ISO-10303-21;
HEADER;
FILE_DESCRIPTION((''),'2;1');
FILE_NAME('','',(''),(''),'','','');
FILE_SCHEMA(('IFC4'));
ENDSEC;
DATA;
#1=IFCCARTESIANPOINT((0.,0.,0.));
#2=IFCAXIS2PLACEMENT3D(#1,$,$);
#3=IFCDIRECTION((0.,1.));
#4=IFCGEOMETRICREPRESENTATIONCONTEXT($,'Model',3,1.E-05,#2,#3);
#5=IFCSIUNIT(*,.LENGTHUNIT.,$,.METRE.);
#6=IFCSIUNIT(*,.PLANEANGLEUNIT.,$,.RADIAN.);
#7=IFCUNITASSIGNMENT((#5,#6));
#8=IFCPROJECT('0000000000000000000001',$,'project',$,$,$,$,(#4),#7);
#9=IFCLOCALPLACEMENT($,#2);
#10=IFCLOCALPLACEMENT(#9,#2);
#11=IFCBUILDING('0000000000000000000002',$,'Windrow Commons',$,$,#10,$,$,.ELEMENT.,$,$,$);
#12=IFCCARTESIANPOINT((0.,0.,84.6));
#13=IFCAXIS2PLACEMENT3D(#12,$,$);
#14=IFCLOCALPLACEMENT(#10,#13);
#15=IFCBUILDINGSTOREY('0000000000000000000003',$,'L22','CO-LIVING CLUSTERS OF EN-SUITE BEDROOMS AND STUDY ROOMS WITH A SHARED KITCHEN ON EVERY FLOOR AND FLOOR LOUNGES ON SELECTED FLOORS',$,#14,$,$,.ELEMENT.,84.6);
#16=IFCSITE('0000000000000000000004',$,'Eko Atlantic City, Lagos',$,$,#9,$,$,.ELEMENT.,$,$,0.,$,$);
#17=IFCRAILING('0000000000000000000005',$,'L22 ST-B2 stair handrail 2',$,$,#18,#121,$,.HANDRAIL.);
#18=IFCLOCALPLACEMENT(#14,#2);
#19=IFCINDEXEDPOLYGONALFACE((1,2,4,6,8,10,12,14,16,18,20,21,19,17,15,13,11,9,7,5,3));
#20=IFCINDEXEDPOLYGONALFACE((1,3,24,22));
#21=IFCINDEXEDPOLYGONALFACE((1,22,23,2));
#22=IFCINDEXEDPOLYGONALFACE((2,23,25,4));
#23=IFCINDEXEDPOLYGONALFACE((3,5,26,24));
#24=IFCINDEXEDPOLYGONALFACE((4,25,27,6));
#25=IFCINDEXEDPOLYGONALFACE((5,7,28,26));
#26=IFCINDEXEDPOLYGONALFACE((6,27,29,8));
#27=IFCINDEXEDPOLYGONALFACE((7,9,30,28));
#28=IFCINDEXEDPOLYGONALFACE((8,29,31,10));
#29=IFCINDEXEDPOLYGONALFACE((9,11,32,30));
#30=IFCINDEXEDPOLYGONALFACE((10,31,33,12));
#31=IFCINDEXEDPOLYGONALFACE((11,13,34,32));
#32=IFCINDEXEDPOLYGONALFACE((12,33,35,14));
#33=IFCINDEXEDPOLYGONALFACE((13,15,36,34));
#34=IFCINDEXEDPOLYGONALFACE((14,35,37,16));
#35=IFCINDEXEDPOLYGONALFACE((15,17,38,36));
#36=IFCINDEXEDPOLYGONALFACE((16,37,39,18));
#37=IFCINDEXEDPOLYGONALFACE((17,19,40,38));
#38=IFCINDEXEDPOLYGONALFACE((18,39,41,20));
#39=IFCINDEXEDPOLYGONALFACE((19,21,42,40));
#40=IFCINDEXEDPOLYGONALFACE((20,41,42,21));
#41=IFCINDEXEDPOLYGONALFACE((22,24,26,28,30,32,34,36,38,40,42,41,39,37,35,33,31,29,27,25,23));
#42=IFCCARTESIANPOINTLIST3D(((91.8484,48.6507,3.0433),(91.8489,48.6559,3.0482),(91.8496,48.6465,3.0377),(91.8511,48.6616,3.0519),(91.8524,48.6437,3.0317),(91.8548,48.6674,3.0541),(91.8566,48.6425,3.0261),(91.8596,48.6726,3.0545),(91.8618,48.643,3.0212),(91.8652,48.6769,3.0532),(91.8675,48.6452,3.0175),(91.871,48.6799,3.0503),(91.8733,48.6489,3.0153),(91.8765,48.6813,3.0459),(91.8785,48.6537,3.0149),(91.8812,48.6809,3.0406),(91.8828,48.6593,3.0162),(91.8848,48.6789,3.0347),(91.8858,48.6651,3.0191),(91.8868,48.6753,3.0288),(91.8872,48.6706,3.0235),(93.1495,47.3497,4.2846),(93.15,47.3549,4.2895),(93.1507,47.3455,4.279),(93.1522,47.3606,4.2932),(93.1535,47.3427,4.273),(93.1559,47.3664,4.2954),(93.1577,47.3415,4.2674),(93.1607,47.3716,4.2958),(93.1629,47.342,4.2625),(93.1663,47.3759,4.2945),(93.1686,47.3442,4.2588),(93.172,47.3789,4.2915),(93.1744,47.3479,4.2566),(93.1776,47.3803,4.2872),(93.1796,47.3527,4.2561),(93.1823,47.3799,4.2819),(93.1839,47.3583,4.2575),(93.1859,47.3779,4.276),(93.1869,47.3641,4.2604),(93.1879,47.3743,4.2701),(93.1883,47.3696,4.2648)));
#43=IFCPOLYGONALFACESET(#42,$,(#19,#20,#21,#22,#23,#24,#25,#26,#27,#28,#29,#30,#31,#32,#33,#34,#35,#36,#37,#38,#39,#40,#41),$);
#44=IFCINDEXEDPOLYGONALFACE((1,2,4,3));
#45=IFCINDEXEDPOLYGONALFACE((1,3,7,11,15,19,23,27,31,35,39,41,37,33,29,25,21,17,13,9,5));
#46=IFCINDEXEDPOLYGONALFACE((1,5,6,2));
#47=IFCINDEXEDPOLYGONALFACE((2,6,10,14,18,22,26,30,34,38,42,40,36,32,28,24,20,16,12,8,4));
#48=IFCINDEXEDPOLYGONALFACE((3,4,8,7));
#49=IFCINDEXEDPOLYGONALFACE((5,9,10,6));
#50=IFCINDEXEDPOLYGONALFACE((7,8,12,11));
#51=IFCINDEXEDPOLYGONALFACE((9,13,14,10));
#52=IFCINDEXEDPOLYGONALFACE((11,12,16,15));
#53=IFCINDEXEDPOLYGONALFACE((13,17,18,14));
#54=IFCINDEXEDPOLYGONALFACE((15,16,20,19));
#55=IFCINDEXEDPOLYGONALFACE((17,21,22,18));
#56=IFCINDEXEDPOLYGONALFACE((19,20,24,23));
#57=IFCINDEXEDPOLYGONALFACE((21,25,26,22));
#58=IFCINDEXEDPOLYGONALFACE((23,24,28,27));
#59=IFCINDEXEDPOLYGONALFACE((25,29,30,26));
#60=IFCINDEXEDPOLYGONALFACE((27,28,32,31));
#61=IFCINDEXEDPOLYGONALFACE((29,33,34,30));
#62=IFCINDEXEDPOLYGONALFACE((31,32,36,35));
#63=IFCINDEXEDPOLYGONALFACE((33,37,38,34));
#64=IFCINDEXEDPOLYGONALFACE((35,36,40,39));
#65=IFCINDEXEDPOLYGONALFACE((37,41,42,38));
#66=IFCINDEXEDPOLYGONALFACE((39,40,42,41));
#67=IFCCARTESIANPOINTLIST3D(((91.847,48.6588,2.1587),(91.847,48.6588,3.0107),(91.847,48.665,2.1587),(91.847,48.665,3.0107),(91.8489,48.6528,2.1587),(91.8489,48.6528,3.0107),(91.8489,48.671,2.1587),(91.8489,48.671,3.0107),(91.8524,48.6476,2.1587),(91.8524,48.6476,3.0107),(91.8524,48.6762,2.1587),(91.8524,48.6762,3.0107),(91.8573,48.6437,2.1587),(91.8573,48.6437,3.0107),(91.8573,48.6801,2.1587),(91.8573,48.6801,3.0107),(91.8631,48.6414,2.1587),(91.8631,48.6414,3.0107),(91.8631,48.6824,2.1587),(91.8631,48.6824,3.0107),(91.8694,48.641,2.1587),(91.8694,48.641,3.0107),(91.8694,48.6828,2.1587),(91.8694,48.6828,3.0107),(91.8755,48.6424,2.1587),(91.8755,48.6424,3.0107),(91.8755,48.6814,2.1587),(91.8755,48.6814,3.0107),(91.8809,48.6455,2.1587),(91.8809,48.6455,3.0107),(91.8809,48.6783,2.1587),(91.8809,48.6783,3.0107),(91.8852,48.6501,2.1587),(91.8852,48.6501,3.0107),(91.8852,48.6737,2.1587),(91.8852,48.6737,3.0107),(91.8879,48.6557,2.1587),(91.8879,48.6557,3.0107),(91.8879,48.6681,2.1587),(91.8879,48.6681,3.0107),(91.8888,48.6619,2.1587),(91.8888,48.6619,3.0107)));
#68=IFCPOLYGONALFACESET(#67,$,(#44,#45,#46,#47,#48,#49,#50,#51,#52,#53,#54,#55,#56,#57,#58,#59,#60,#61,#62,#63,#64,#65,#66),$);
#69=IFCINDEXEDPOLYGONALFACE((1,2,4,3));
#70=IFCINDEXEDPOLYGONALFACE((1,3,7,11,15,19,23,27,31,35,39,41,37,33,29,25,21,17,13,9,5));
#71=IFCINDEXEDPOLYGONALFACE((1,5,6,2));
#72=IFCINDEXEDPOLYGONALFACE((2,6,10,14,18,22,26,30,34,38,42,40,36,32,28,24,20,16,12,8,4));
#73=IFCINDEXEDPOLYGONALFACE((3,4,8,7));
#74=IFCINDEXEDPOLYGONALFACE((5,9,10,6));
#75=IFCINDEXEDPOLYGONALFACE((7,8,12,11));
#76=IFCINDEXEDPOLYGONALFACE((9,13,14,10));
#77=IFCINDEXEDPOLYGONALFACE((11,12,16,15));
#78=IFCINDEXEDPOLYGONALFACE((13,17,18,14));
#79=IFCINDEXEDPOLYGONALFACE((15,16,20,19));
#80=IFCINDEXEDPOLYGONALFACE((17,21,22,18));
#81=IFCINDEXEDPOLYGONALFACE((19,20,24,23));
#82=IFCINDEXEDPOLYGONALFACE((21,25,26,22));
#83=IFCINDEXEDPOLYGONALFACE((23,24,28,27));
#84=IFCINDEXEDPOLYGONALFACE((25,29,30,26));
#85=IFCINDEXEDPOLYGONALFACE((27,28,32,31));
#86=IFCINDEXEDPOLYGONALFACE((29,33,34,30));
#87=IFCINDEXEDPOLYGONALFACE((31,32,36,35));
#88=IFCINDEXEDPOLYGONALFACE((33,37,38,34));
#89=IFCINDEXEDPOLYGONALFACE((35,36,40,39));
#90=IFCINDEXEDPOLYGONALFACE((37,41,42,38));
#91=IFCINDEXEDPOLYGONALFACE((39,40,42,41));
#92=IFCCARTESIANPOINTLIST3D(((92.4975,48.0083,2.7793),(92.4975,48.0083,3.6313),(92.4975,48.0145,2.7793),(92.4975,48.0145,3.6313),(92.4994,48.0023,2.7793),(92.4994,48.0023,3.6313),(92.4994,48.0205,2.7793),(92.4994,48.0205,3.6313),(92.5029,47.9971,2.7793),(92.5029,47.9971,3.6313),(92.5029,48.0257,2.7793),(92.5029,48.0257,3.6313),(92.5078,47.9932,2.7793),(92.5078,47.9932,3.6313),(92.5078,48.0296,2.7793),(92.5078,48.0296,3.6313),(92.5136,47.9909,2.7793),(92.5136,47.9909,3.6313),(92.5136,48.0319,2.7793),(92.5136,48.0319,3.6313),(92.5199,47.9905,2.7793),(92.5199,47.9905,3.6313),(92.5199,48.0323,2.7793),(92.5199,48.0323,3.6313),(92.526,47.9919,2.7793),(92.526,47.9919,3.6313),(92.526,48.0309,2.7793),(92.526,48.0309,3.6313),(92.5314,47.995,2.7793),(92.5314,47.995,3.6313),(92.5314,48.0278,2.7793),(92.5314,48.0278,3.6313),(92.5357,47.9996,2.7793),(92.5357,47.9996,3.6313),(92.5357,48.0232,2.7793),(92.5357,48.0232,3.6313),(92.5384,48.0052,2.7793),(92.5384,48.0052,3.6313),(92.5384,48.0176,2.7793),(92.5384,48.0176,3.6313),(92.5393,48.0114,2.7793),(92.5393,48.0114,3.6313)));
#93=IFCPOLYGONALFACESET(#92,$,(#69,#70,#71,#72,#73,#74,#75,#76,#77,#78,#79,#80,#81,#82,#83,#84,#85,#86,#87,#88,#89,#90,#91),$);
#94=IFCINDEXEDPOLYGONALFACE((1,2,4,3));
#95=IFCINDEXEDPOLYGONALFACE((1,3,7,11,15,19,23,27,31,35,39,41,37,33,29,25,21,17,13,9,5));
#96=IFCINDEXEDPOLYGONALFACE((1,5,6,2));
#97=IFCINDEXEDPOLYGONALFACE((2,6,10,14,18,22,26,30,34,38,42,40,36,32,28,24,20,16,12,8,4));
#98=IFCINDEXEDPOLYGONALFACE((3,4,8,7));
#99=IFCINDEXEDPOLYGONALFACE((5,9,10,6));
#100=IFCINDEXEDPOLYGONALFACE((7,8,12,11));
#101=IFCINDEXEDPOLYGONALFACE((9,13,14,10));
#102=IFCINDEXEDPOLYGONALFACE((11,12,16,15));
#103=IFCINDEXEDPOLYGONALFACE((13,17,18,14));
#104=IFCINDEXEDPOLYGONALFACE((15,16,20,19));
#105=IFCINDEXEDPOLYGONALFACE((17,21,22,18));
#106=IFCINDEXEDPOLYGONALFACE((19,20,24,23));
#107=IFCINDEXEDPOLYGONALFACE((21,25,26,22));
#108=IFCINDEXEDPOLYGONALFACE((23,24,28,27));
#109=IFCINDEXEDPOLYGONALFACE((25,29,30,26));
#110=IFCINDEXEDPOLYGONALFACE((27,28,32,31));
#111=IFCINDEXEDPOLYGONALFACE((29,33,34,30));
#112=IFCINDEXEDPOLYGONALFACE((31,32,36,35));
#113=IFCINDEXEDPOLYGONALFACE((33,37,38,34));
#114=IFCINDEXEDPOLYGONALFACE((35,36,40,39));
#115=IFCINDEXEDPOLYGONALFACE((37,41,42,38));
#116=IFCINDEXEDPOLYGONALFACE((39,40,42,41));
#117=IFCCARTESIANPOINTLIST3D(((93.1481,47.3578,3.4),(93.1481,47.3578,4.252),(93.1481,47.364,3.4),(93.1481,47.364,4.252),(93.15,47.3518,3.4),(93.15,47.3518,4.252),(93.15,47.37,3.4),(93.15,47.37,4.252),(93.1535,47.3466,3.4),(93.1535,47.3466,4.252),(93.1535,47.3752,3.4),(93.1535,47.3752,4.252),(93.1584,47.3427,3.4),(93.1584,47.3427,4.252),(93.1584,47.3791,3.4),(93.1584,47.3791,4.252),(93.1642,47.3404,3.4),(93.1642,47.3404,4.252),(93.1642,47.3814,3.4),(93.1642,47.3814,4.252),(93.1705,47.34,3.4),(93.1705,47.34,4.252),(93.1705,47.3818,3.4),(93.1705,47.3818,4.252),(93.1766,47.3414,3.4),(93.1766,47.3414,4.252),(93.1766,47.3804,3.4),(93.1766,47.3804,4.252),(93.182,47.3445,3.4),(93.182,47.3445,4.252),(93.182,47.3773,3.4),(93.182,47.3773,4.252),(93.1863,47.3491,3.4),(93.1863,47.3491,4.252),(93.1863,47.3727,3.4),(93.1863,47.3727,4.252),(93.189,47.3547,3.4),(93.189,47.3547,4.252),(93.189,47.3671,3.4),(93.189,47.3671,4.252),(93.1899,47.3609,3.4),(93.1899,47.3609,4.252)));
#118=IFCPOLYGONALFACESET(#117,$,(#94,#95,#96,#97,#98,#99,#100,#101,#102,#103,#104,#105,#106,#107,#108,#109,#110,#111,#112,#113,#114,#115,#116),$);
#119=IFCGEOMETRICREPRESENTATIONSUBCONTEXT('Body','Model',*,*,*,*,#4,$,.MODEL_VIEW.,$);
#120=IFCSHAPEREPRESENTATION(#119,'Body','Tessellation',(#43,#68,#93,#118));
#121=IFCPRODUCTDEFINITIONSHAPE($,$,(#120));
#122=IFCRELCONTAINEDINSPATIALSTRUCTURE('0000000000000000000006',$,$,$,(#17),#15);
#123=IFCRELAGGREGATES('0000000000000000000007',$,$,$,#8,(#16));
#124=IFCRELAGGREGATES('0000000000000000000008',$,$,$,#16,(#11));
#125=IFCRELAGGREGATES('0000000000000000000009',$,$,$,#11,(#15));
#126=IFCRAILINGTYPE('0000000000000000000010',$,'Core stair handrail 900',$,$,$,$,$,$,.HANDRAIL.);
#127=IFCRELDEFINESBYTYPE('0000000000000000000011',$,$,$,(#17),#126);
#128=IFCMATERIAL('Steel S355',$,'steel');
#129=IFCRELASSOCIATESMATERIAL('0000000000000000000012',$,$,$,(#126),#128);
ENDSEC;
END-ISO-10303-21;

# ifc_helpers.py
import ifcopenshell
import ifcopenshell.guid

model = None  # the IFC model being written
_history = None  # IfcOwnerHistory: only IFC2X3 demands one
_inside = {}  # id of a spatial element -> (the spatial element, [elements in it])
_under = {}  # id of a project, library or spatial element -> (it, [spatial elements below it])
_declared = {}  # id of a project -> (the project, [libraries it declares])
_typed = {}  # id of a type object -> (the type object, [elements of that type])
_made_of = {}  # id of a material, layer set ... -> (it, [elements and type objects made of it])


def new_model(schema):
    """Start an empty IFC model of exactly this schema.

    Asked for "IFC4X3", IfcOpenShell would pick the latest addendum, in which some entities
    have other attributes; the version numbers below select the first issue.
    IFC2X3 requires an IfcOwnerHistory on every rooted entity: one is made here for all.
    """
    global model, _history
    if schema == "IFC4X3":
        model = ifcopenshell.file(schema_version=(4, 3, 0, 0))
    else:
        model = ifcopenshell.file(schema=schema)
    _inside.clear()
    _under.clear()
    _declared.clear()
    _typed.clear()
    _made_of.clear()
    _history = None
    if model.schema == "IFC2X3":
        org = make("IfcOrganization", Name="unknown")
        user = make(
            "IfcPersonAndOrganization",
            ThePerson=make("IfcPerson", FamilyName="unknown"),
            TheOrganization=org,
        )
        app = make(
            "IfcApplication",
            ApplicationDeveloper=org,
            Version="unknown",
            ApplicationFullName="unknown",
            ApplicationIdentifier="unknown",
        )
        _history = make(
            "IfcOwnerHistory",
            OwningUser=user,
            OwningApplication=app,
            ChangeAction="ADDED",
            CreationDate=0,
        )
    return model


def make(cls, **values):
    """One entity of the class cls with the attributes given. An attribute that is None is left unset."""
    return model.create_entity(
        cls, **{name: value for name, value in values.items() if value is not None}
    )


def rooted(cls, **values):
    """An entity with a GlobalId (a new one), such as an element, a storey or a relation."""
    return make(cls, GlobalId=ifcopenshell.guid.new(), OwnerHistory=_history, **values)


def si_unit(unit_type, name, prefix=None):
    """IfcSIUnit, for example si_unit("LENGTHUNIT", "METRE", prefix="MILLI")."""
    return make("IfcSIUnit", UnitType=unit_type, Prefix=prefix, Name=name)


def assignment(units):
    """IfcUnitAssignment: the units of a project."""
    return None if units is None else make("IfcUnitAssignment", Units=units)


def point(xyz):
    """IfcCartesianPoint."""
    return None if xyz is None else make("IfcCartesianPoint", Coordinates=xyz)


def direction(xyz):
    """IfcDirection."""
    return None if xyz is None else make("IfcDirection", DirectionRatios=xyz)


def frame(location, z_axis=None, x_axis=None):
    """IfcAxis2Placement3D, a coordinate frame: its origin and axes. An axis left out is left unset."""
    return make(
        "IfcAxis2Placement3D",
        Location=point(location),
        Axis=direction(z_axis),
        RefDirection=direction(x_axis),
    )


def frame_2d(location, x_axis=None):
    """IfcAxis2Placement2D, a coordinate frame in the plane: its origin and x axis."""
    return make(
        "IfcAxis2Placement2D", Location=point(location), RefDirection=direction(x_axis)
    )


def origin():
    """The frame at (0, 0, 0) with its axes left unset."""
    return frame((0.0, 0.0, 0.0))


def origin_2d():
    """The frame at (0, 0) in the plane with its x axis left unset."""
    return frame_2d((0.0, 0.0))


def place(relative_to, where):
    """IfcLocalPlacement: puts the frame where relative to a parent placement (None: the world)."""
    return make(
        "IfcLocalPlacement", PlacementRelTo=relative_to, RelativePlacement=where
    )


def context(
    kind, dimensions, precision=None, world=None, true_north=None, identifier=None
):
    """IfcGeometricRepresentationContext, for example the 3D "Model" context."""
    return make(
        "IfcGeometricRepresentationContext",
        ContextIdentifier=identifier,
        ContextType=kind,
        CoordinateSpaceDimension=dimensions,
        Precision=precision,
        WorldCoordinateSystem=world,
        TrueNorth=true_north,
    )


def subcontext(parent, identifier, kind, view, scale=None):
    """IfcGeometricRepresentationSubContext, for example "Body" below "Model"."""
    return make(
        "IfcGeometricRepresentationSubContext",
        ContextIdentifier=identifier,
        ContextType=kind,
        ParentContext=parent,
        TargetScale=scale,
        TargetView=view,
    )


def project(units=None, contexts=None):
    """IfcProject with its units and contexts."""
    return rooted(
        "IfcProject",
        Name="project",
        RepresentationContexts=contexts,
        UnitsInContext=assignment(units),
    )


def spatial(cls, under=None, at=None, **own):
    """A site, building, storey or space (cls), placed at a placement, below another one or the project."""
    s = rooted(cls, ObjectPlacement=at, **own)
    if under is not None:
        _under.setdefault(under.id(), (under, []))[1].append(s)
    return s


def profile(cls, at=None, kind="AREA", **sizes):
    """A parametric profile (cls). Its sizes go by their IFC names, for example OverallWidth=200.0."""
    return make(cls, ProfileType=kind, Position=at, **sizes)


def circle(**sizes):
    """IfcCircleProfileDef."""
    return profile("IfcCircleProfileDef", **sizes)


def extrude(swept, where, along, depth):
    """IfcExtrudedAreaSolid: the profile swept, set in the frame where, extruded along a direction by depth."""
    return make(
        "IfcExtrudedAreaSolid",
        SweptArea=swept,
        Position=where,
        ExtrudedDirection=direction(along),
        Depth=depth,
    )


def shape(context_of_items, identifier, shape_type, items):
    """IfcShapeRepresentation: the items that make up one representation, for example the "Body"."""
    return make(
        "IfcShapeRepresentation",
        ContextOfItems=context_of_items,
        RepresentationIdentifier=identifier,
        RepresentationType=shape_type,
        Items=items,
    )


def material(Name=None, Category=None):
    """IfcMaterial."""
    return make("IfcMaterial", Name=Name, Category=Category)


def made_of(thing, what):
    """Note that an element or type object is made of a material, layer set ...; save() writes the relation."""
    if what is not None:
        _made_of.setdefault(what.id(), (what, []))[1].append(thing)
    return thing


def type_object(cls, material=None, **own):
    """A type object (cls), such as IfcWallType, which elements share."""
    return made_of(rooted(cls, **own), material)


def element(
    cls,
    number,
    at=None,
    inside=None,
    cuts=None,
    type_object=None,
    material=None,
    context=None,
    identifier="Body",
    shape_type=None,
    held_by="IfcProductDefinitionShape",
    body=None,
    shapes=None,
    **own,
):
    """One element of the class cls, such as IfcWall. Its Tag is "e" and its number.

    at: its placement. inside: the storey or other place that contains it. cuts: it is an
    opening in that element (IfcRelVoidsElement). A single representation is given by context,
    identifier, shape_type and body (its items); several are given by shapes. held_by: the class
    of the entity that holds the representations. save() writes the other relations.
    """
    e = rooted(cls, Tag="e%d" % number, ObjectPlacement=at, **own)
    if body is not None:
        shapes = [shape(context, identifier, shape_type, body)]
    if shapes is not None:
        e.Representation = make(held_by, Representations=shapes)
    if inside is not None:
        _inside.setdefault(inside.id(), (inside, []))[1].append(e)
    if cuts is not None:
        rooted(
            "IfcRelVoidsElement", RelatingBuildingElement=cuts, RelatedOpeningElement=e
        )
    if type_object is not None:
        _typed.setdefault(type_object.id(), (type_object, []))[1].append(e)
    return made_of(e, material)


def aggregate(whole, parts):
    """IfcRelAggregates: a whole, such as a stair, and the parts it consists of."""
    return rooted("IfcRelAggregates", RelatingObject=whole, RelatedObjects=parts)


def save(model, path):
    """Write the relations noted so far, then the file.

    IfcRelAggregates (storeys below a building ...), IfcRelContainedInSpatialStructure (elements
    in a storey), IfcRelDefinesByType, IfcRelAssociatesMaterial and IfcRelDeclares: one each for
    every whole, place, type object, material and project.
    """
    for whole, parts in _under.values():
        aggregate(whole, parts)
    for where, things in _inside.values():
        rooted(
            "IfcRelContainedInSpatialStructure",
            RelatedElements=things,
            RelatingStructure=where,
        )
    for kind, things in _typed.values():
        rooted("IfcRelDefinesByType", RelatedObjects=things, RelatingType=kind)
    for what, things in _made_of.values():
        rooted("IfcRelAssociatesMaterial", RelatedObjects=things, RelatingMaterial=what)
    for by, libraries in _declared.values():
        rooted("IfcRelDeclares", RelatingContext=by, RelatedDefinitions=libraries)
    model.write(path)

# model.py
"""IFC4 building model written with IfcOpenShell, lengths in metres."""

from ifc_helpers import new_model, si_unit, direction, frame, origin, origin_2d, place, context, subcontext, project, spatial, circle, extrude, material, type_object, element, save


model = new_model("IFC4")

# Units and contexts
model_context = context("Model", 3, precision=1e-05, world=origin(), true_north=direction((0.0, 1.0)))
body_context = subcontext(model_context, "Body", "Model", "MODEL_VIEW")
ifc_project = project(units=[si_unit("LENGTHUNIT", "METRE"), si_unit("PLANEANGLEUNIT", "RADIAN")], contexts=[model_context])

# Site, building, storey
site_placement = place(None, origin())
site = spatial("IfcSite", under=ifc_project, at=site_placement, Name="Eko Atlantic City, Lagos", CompositionType="ELEMENT", RefElevation=0.0)
building_placement = place(site_placement, origin())
building = spatial("IfcBuilding", under=site, at=building_placement, Name="Windrow Commons", CompositionType="ELEMENT")
storey_placement = place(building_placement, frame((0.0, 0.0, 84.6)))
storey = spatial("IfcBuildingStorey", under=building, at=storey_placement, Name="L22", Description="CO-LIVING CLUSTERS OF EN-SUITE BEDROOMS AND STUDY ROOMS WITH A SHARED KITCHEN ON EVERY FLOOR AND FLOOR LOUNGES ON SELECTED FLOORS", CompositionType="ELEMENT", Elevation=84.6)

# Railing
ifc_material_1 = material(Name="Steel S355", Category="steel")
railing_type_1 = type_object("IfcRailingType", Name="Core stair handrail 900", PredefinedType="HANDRAIL", material=ifc_material_1)
railing_1_placement = place(storey_placement, frame((91.8678, 48.6619, 2.1587)))
element("IfcRailing", 1, at=railing_1_placement, inside=storey, type_object=railing_type_1, Name="L22 ST-B2 stair handrail 2", PredefinedType="HANDRAIL", context=body_context, shape_type="SweptSolid", body=[
    extrude(circle(Radius=0.024, at=origin_2d()), frame((0.0, 0.0, 0.876), z_axis=(0.586207, -0.586162, 0.559264), x_axis=(0.70708, 0.707134, 0.0)), (0.0, 0.0, 1.0), 2.2195),
    extrude(circle(Radius=0.021, at=origin_2d()), origin(), (0.0, 0.0, 1.0), 0.852),
    extrude(circle(Radius=0.021, at=origin_2d()), frame((0.6505, -0.6505, 0.6206)), (0.0, 0.0, 1.0), 0.852),
    extrude(circle(Radius=0.021, at=origin_2d()), frame((1.3011, -1.301, 1.2413)), (0.0, 0.0, 1.0), 0.852),
])

save(model, "model.ifc")
